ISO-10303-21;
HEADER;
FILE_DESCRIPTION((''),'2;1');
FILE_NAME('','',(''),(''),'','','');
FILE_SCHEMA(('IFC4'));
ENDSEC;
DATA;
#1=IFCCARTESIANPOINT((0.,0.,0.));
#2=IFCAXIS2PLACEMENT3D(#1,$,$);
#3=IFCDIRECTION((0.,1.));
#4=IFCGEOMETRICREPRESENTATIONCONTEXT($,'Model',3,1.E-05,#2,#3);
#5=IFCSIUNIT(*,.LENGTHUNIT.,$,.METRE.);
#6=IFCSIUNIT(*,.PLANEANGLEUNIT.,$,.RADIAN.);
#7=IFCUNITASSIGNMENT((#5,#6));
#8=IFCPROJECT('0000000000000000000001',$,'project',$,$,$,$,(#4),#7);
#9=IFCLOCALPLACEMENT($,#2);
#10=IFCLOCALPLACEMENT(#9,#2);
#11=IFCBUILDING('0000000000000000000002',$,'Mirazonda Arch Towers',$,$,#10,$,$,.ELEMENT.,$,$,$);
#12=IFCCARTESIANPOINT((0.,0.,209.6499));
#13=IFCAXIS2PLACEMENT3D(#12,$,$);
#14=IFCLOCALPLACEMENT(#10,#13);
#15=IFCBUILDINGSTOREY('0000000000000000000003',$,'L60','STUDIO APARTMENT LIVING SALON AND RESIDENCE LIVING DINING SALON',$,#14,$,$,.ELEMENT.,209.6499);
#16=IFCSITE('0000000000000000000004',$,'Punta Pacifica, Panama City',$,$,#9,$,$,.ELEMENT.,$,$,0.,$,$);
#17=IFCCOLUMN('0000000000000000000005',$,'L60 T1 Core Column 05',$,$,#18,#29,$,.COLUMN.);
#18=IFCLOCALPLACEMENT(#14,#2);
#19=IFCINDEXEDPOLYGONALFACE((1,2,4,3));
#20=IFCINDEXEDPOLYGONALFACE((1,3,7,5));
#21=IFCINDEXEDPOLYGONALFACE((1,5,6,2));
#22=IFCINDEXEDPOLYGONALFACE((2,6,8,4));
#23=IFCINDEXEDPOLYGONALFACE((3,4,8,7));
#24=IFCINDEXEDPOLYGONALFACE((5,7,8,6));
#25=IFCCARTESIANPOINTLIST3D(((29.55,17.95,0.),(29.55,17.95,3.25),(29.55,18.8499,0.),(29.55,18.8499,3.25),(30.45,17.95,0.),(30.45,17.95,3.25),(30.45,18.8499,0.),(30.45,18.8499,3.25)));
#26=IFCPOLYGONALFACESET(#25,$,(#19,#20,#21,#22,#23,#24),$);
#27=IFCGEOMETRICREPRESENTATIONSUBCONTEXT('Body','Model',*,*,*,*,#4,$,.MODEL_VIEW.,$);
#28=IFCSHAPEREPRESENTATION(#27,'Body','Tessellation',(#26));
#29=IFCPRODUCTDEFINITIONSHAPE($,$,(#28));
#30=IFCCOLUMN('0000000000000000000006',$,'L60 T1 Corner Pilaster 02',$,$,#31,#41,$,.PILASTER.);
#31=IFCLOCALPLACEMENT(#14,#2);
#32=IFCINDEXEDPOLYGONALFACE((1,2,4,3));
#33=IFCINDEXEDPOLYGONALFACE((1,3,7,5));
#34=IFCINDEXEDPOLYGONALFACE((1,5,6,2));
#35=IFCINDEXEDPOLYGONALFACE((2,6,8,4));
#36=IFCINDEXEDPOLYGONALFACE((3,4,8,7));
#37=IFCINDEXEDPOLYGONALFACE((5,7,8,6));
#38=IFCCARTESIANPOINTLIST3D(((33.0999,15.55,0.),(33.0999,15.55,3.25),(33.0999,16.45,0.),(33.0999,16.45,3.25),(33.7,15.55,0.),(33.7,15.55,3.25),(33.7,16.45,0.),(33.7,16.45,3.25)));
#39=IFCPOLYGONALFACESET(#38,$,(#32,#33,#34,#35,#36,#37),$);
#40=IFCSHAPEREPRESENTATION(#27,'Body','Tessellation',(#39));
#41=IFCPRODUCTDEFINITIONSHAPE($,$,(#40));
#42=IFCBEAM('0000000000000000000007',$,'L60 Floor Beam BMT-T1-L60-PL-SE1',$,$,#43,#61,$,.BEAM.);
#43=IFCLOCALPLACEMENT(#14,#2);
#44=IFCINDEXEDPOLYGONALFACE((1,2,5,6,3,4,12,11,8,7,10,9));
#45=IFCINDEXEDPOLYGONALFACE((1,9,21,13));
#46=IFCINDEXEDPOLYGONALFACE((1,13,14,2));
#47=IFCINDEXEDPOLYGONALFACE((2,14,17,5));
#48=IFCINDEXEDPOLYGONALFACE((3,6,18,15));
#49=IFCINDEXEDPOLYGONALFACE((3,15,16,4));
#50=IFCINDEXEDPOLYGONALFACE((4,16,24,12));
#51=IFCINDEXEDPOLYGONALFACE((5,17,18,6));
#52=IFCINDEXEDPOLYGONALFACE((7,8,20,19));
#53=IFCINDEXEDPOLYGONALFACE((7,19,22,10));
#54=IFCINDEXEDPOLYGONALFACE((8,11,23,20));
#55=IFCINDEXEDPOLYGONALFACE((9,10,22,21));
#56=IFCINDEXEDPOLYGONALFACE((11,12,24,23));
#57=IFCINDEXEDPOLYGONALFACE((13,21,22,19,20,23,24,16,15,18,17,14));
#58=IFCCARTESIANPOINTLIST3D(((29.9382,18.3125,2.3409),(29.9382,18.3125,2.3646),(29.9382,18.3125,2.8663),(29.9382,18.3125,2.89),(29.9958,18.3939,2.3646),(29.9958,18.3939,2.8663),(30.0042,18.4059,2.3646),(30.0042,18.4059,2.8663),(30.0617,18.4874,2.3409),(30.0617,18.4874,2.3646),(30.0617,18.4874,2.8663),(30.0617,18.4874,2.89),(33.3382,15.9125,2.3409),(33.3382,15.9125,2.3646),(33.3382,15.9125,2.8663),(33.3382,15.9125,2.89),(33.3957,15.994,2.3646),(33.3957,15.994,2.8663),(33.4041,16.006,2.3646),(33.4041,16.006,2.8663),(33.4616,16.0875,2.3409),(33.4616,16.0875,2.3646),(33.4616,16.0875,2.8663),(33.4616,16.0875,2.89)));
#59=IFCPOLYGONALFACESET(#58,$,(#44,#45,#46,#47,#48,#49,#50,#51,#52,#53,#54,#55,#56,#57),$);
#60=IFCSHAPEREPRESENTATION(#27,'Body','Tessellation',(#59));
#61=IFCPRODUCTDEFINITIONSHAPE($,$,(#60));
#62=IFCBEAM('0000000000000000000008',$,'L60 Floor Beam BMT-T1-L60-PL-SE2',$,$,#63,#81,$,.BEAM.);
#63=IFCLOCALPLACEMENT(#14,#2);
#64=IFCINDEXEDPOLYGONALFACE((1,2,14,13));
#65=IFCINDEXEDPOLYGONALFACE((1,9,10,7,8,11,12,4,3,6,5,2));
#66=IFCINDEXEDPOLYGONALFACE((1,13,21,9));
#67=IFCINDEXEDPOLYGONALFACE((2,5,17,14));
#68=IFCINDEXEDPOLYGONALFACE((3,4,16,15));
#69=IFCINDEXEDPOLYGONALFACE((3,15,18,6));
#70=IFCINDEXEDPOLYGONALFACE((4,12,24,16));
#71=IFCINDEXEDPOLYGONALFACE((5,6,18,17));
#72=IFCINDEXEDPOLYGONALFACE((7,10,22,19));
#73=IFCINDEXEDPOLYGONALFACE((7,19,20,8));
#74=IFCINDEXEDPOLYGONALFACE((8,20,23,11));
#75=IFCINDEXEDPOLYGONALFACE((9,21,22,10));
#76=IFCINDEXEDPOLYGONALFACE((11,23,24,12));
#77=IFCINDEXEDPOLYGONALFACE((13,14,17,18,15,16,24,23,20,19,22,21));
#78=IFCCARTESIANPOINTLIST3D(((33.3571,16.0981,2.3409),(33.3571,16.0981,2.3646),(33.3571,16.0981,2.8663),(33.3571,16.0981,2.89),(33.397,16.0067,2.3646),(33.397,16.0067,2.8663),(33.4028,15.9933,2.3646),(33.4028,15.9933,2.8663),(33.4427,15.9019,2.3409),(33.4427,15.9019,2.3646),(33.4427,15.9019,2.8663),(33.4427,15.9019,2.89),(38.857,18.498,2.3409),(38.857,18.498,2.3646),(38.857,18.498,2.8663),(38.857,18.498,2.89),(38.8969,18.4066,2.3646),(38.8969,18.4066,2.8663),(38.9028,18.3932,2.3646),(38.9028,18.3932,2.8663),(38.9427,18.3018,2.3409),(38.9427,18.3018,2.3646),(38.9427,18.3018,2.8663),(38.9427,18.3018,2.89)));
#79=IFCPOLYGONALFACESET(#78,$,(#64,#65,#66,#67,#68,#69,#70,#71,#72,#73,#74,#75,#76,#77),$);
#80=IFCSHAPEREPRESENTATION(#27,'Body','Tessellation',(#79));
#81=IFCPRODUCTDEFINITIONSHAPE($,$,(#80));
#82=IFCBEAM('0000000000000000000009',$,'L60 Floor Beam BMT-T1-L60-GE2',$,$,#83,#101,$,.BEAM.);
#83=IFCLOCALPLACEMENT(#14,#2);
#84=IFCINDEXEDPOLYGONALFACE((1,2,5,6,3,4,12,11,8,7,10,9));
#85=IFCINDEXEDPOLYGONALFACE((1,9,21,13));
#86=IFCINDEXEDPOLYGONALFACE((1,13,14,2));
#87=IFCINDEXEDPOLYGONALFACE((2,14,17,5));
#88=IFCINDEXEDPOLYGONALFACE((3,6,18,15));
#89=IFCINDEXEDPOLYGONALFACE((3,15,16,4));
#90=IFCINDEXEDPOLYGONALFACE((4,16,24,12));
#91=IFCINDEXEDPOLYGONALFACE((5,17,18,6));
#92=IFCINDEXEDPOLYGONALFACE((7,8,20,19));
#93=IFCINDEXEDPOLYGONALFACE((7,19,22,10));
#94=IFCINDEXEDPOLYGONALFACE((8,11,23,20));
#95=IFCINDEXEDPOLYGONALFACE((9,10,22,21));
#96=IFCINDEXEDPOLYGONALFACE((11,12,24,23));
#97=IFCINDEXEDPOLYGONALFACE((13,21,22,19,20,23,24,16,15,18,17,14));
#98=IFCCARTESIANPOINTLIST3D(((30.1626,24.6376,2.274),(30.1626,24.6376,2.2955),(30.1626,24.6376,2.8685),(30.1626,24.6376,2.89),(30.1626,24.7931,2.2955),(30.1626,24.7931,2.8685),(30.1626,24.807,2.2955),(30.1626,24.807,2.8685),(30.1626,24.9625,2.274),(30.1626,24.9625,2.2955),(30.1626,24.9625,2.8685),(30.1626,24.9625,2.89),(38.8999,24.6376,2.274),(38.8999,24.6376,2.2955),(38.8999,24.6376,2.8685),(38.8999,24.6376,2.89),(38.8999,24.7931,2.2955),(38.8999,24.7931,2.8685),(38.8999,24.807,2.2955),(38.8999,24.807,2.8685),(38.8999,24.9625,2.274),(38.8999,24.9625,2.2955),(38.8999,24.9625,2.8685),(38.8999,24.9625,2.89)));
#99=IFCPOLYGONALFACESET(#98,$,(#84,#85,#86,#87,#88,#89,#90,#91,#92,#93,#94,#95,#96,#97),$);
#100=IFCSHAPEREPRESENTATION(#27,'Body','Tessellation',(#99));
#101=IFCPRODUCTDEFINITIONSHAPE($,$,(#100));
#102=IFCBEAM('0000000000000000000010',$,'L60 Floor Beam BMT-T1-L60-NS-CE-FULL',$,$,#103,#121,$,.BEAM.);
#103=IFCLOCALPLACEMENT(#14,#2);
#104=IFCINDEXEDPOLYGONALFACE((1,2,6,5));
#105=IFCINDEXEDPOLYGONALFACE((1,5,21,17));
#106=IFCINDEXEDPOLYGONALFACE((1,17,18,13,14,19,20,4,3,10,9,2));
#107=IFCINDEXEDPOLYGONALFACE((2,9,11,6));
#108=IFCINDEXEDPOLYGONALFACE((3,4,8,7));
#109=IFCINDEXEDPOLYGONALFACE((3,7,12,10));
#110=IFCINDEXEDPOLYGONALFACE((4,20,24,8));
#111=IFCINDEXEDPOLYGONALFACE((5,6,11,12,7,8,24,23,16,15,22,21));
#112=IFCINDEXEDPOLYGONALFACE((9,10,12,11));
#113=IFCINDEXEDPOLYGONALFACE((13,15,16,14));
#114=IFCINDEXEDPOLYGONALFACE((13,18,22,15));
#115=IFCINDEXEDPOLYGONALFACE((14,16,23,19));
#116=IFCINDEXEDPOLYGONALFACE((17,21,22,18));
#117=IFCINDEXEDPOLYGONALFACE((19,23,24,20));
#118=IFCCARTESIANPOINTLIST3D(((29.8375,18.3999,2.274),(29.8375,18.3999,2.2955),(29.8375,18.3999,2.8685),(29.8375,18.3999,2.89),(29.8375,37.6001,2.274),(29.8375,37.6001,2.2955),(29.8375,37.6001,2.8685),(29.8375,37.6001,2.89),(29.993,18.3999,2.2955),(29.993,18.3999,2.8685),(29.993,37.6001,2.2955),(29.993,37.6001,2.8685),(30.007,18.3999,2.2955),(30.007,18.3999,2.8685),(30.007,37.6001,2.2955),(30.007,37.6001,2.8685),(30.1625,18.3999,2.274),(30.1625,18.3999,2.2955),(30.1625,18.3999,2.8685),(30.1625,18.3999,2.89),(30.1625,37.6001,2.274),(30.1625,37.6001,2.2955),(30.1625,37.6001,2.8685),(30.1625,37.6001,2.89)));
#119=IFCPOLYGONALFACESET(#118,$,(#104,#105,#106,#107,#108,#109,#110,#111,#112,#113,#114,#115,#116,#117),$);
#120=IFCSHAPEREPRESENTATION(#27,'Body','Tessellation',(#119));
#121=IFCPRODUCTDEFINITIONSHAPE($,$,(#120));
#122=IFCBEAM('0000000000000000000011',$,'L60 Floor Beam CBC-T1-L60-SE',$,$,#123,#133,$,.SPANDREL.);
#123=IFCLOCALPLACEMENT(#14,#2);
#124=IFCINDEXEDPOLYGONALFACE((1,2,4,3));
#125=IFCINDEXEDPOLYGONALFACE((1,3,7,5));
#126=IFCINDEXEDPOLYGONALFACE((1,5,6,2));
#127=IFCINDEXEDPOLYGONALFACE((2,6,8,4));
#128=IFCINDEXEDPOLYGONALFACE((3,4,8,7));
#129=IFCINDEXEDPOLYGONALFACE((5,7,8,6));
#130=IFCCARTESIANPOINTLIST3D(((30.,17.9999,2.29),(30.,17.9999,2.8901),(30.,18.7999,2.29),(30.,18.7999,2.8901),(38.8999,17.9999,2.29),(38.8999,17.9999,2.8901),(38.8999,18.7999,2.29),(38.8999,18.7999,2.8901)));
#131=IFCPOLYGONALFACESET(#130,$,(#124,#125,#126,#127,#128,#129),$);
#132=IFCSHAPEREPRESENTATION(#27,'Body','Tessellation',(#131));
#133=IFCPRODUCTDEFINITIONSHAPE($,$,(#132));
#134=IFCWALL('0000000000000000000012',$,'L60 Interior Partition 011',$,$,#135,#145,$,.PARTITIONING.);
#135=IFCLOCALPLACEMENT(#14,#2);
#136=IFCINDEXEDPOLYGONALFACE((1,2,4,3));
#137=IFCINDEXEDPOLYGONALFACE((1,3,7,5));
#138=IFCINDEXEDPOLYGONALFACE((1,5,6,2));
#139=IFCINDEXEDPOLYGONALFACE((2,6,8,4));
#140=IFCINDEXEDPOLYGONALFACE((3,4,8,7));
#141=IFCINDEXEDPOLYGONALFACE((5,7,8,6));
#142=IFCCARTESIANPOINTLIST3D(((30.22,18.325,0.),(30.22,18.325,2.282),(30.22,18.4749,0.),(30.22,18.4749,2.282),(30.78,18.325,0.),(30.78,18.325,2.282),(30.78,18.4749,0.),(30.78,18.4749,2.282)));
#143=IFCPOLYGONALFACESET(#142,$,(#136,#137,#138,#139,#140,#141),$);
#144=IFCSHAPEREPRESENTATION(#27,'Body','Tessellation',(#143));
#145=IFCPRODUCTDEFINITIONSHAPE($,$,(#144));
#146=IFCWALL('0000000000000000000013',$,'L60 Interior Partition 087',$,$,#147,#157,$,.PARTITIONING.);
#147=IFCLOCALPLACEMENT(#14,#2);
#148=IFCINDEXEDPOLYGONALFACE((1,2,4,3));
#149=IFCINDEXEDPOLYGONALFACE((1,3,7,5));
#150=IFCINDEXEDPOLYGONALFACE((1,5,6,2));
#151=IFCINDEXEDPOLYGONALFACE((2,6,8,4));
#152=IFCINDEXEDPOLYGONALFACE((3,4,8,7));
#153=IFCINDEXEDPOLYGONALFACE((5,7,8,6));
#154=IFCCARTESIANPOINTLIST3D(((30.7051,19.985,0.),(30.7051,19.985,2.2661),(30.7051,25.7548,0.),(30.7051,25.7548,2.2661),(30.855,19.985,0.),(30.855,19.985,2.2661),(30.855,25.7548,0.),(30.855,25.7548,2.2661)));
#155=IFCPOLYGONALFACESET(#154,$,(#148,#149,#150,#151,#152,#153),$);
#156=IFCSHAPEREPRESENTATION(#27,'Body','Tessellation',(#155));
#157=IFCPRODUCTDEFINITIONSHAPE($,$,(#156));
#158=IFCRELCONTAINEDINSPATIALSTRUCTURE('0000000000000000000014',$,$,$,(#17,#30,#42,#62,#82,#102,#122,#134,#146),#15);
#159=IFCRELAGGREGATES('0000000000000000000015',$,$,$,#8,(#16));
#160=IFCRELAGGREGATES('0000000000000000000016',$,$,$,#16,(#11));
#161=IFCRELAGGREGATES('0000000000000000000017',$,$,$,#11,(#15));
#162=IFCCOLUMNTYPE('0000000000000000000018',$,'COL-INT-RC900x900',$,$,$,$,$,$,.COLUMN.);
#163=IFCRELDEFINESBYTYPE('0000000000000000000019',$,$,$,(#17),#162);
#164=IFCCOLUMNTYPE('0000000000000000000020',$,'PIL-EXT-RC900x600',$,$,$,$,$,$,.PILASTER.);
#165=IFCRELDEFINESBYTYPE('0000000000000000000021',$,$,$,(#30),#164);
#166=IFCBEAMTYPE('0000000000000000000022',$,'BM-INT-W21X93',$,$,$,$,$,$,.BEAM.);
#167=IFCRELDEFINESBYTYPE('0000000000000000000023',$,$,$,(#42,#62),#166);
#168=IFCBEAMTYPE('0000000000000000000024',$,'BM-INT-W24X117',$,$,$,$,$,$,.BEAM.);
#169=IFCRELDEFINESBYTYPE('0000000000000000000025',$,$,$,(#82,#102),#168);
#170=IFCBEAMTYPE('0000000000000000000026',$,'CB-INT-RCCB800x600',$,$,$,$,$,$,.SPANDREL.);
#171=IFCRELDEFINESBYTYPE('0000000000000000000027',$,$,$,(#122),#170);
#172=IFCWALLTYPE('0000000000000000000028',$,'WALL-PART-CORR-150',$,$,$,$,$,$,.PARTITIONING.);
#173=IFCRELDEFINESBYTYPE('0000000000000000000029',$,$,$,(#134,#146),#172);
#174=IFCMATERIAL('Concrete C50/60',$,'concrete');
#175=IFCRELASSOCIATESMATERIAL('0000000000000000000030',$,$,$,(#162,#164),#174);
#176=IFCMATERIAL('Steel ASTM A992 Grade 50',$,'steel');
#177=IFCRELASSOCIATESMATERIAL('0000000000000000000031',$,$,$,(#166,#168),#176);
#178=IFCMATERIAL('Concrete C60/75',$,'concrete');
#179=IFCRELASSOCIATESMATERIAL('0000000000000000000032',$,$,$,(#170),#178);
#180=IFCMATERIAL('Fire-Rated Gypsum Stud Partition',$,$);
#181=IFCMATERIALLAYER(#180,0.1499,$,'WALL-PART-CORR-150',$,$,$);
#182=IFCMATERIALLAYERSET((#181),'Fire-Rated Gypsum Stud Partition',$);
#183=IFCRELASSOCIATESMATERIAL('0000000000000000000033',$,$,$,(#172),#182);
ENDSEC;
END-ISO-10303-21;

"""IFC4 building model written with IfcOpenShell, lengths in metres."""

from ifc_helpers import new_model, si_unit, direction, frame, frame_2d, origin, origin_2d, place, context, subcontext, project, spatial, rectangle, i_section, extrude, material, layer, layer_set, material_profile, profile_set, type_object, element, save


model = new_model("IFC4")

# Units and contexts
model_context = context("Model", 3, precision=1e-05, world=origin(), true_north=direction((0.0, 1.0)))
body_context = subcontext(model_context, "Body", "Model", "MODEL_VIEW")
ifc_project = project(units=[si_unit("LENGTHUNIT", "METRE"), si_unit("PLANEANGLEUNIT", "RADIAN")], contexts=[model_context])

# Site, building, storey
site_placement = place(None, origin())
site = spatial("IfcSite", under=ifc_project, at=site_placement, Name="Punta Pacifica, Panama City", CompositionType="ELEMENT", RefElevation=0.0)
building_placement = place(site_placement, origin())
building = spatial("IfcBuilding", under=site, at=building_placement, Name="Mirazonda Arch Towers", CompositionType="ELEMENT")
storey_placement = place(building_placement, frame((0.0, 0.0, 209.6499)))
storey = spatial("IfcBuildingStorey", under=building, at=storey_placement, Name="L60", Description="STUDIO APARTMENT LIVING SALON AND RESIDENCE LIVING DINING SALON", CompositionType="ELEMENT", Elevation=209.6499)

# Columns
ifc_material_1 = material(Name="Concrete C50/60", Category="concrete")
ifc_material_profile_1 = material_profile(ifc_material_1, rectangle(XDim=0.8999, YDim=0.8999, at=origin_2d()), Name="RC900x900")
ifc_profile_set_1 = profile_set([ifc_material_profile_1], Name="Concrete C50/60")
column_type_1 = type_object("IfcColumnType", Name="COL-INT-RC900x900", PredefinedType="COLUMN", material=ifc_profile_set_1)
column_1_placement = place(storey_placement, frame((30.0, 18.3999, 0.0), z_axis=(0.0, 0.0, 1.0), x_axis=(1.0, 0.0, 0.0)))
element("IfcColumn", 1, at=column_1_placement, inside=storey, type_object=column_type_1, Name="L60 T1 Core Column 05", PredefinedType="COLUMN", context=body_context, shape_type="SweptSolid", body=[
    extrude(rectangle(XDim=0.8999, YDim=0.8999, at=origin_2d()), origin(), (0.0, 0.0, 1.0), 3.25),
])
ifc_material_profile_2 = material_profile(ifc_material_1, rectangle(XDim=0.6001, YDim=0.8999, at=origin_2d()), Name="RC900x600")
ifc_profile_set_2 = profile_set([ifc_material_profile_2], Name="Concrete C50/60")
column_type_2 = type_object("IfcColumnType", Name="PIL-EXT-RC900x600", PredefinedType="PILASTER", material=ifc_profile_set_2)
column_2_placement = place(storey_placement, frame((33.3999, 16.0, 0.0), z_axis=(0.0, 0.0, 1.0), x_axis=(1.0, 0.0, 0.0)))
element("IfcColumn", 2, at=column_2_placement, inside=storey, type_object=column_type_2, Name="L60 T1 Corner Pilaster 02", PredefinedType="PILASTER", context=body_context, shape_type="SweptSolid", body=[
    extrude(rectangle(XDim=0.6001, YDim=0.8999, at=origin_2d()), origin(), (0.0, 0.0, 1.0), 3.25),
])

# Beams
ifc_material_2 = material(Name="Steel ASTM A992 Grade 50", Category="steel")
ifc_material_profile_3 = material_profile(ifc_material_2, i_section(OverallWidth=0.2141, OverallDepth=0.5491, WebThickness=0.0146, FlangeThickness=0.0237, at=origin_2d()), Name="W21X93")
ifc_profile_set_3 = profile_set([ifc_material_profile_3], Name="Steel ASTM A992 Grade 50")
beam_type_1 = type_object("IfcBeamType", Name="BM-INT-W21X93", PredefinedType="BEAM", material=ifc_profile_set_3)
beam_1_placement = place(storey_placement, frame((33.3999, 16.0, 2.6155), z_axis=(-0.816971, 0.576679, 0.0), x_axis=(-0.576679, -0.816971, 0.0)))
element("IfcBeam", 3, at=beam_1_placement, inside=storey, type_object=beam_type_1, Name="L60 Floor Beam BMT-T1-L60-PL-SE1", PredefinedType="BEAM", context=body_context, shape_type="SweptSolid", body=[
    extrude(i_section(OverallWidth=0.2141, OverallDepth=0.5491, WebThickness=0.0146, FlangeThickness=0.0237, at=origin_2d()), origin(), (0.0, 0.0, 1.0), 4.1616),
])
beam_2_placement = place(storey_placement, frame((33.3999, 16.0, 2.6155), z_axis=(0.916545, 0.399931, 0.0), x_axis=(-0.399931, 0.916545, 0.0)))
element("IfcBeam", 4, at=beam_2_placement, inside=storey, type_object=beam_type_1, Name="L60 Floor Beam BMT-T1-L60-PL-SE2", PredefinedType="BEAM", context=body_context, shape_type="SweptSolid", body=[
    extrude(i_section(OverallWidth=0.2141, OverallDepth=0.5491, WebThickness=0.0146, FlangeThickness=0.0237, at=origin_2d()), origin(), (0.0, 0.0, 1.0), 6.0007),
])
ifc_material_profile_4 = material_profile(ifc_material_2, i_section(OverallWidth=0.325, OverallDepth=0.616, WebThickness=0.0139, FlangeThickness=0.0215, at=origin_2d()), Name="W24X117")
ifc_profile_set_4 = profile_set([ifc_material_profile_4], Name="Steel ASTM A992 Grade 50")
beam_type_2 = type_object("IfcBeamType", Name="BM-INT-W24X117", PredefinedType="BEAM", material=ifc_profile_set_4)
beam_3_placement = place(storey_placement, frame((30.1626, 24.8, 2.582), z_axis=(1.0, 0.0, 0.0), x_axis=(0.0, 1.0, 0.0)))
element("IfcBeam", 5, at=beam_3_placement, inside=storey, type_object=beam_type_2, Name="L60 Floor Beam BMT-T1-L60-GE2", PredefinedType="BEAM", context=body_context, shape_type="SweptSolid", body=[
    extrude(i_section(OverallWidth=0.325, OverallDepth=0.616, WebThickness=0.0139, FlangeThickness=0.0215, at=origin_2d()), origin(), (0.0, 0.0, 1.0), 8.7373),
])
beam_4_placement = place(storey_placement, frame((30.0, 18.3999, 2.582), z_axis=(0.0, 1.0, 0.0), x_axis=(-1.0, 0.0, 0.0)))
element("IfcBeam", 6, at=beam_4_placement, inside=storey, type_object=beam_type_2, Name="L60 Floor Beam BMT-T1-L60-NS-CE-FULL", PredefinedType="BEAM", context=body_context, shape_type="SweptSolid", body=[
    extrude(i_section(OverallWidth=0.325, OverallDepth=0.616, WebThickness=0.0139, FlangeThickness=0.0215, at=origin_2d()), origin(), (0.0, 0.0, 1.0), 19.2002),
])
ifc_material_3 = material(Name="Concrete C60/75", Category="concrete")
ifc_material_profile_5 = material_profile(ifc_material_3, rectangle(XDim=0.8, YDim=0.6001, at=origin_2d()), Name="RCCB800x600")
ifc_profile_set_5 = profile_set([ifc_material_profile_5], Name="Concrete C60/75")
beam_type_3 = type_object("IfcBeamType", Name="CB-INT-RCCB800x600", PredefinedType="SPANDREL", material=ifc_profile_set_5)
beam_5_placement = place(storey_placement, frame((30.0, 18.3999, 2.5901), z_axis=(1.0, 0.0, 0.0), x_axis=(0.0, 1.0, 0.0)))
element("IfcBeam", 7, at=beam_5_placement, inside=storey, type_object=beam_type_3, Name="L60 Floor Beam CBC-T1-L60-SE", PredefinedType="SPANDREL", context=body_context, shape_type="SweptSolid", body=[
    extrude(rectangle(XDim=0.8, YDim=0.6001, at=origin_2d()), origin(), (0.0, 0.0, 1.0), 8.8999),
])

# Walls
ifc_material_4 = material(Name="Fire-Rated Gypsum Stud Partition")
ifc_layer_1 = layer(ifc_material_4, 0.1499, Name="WALL-PART-CORR-150")
ifc_layer_set_1 = layer_set([ifc_layer_1], Name="Fire-Rated Gypsum Stud Partition")
wall_type_1 = type_object("IfcWallType", Name="WALL-PART-CORR-150", PredefinedType="PARTITIONING", material=ifc_layer_set_1)
wall_1_placement = place(storey_placement, frame((30.22, 18.3999, 0.0), z_axis=(0.0, 0.0, 1.0), x_axis=(1.0, 0.0, 0.0)))
element("IfcWall", 8, at=wall_1_placement, inside=storey, type_object=wall_type_1, Name="L60 Interior Partition 011", PredefinedType="PARTITIONING", context=body_context, shape_type="SweptSolid", body=[
    extrude(rectangle(XDim=0.5601, YDim=0.1499, at=frame_2d((0.28, 0.0))), origin(), (0.0, 0.0, 1.0), 2.282),
])
wall_2_placement = place(storey_placement, frame((30.78, 19.9851, 0.0), z_axis=(0.0, 0.0, 1.0), x_axis=(0.0, 1.0, 0.0)))
element("IfcWall", 9, at=wall_2_placement, inside=storey, type_object=wall_type_1, Name="L60 Interior Partition 087", PredefinedType="PARTITIONING", context=body_context, shape_type="SweptSolid", body=[
    extrude(rectangle(XDim=5.7698, YDim=0.1499, at=frame_2d((2.8848, 0.0))), origin(), (0.0, 0.0, 1.0), 2.2661),
])

save(model, "model.ifc")
